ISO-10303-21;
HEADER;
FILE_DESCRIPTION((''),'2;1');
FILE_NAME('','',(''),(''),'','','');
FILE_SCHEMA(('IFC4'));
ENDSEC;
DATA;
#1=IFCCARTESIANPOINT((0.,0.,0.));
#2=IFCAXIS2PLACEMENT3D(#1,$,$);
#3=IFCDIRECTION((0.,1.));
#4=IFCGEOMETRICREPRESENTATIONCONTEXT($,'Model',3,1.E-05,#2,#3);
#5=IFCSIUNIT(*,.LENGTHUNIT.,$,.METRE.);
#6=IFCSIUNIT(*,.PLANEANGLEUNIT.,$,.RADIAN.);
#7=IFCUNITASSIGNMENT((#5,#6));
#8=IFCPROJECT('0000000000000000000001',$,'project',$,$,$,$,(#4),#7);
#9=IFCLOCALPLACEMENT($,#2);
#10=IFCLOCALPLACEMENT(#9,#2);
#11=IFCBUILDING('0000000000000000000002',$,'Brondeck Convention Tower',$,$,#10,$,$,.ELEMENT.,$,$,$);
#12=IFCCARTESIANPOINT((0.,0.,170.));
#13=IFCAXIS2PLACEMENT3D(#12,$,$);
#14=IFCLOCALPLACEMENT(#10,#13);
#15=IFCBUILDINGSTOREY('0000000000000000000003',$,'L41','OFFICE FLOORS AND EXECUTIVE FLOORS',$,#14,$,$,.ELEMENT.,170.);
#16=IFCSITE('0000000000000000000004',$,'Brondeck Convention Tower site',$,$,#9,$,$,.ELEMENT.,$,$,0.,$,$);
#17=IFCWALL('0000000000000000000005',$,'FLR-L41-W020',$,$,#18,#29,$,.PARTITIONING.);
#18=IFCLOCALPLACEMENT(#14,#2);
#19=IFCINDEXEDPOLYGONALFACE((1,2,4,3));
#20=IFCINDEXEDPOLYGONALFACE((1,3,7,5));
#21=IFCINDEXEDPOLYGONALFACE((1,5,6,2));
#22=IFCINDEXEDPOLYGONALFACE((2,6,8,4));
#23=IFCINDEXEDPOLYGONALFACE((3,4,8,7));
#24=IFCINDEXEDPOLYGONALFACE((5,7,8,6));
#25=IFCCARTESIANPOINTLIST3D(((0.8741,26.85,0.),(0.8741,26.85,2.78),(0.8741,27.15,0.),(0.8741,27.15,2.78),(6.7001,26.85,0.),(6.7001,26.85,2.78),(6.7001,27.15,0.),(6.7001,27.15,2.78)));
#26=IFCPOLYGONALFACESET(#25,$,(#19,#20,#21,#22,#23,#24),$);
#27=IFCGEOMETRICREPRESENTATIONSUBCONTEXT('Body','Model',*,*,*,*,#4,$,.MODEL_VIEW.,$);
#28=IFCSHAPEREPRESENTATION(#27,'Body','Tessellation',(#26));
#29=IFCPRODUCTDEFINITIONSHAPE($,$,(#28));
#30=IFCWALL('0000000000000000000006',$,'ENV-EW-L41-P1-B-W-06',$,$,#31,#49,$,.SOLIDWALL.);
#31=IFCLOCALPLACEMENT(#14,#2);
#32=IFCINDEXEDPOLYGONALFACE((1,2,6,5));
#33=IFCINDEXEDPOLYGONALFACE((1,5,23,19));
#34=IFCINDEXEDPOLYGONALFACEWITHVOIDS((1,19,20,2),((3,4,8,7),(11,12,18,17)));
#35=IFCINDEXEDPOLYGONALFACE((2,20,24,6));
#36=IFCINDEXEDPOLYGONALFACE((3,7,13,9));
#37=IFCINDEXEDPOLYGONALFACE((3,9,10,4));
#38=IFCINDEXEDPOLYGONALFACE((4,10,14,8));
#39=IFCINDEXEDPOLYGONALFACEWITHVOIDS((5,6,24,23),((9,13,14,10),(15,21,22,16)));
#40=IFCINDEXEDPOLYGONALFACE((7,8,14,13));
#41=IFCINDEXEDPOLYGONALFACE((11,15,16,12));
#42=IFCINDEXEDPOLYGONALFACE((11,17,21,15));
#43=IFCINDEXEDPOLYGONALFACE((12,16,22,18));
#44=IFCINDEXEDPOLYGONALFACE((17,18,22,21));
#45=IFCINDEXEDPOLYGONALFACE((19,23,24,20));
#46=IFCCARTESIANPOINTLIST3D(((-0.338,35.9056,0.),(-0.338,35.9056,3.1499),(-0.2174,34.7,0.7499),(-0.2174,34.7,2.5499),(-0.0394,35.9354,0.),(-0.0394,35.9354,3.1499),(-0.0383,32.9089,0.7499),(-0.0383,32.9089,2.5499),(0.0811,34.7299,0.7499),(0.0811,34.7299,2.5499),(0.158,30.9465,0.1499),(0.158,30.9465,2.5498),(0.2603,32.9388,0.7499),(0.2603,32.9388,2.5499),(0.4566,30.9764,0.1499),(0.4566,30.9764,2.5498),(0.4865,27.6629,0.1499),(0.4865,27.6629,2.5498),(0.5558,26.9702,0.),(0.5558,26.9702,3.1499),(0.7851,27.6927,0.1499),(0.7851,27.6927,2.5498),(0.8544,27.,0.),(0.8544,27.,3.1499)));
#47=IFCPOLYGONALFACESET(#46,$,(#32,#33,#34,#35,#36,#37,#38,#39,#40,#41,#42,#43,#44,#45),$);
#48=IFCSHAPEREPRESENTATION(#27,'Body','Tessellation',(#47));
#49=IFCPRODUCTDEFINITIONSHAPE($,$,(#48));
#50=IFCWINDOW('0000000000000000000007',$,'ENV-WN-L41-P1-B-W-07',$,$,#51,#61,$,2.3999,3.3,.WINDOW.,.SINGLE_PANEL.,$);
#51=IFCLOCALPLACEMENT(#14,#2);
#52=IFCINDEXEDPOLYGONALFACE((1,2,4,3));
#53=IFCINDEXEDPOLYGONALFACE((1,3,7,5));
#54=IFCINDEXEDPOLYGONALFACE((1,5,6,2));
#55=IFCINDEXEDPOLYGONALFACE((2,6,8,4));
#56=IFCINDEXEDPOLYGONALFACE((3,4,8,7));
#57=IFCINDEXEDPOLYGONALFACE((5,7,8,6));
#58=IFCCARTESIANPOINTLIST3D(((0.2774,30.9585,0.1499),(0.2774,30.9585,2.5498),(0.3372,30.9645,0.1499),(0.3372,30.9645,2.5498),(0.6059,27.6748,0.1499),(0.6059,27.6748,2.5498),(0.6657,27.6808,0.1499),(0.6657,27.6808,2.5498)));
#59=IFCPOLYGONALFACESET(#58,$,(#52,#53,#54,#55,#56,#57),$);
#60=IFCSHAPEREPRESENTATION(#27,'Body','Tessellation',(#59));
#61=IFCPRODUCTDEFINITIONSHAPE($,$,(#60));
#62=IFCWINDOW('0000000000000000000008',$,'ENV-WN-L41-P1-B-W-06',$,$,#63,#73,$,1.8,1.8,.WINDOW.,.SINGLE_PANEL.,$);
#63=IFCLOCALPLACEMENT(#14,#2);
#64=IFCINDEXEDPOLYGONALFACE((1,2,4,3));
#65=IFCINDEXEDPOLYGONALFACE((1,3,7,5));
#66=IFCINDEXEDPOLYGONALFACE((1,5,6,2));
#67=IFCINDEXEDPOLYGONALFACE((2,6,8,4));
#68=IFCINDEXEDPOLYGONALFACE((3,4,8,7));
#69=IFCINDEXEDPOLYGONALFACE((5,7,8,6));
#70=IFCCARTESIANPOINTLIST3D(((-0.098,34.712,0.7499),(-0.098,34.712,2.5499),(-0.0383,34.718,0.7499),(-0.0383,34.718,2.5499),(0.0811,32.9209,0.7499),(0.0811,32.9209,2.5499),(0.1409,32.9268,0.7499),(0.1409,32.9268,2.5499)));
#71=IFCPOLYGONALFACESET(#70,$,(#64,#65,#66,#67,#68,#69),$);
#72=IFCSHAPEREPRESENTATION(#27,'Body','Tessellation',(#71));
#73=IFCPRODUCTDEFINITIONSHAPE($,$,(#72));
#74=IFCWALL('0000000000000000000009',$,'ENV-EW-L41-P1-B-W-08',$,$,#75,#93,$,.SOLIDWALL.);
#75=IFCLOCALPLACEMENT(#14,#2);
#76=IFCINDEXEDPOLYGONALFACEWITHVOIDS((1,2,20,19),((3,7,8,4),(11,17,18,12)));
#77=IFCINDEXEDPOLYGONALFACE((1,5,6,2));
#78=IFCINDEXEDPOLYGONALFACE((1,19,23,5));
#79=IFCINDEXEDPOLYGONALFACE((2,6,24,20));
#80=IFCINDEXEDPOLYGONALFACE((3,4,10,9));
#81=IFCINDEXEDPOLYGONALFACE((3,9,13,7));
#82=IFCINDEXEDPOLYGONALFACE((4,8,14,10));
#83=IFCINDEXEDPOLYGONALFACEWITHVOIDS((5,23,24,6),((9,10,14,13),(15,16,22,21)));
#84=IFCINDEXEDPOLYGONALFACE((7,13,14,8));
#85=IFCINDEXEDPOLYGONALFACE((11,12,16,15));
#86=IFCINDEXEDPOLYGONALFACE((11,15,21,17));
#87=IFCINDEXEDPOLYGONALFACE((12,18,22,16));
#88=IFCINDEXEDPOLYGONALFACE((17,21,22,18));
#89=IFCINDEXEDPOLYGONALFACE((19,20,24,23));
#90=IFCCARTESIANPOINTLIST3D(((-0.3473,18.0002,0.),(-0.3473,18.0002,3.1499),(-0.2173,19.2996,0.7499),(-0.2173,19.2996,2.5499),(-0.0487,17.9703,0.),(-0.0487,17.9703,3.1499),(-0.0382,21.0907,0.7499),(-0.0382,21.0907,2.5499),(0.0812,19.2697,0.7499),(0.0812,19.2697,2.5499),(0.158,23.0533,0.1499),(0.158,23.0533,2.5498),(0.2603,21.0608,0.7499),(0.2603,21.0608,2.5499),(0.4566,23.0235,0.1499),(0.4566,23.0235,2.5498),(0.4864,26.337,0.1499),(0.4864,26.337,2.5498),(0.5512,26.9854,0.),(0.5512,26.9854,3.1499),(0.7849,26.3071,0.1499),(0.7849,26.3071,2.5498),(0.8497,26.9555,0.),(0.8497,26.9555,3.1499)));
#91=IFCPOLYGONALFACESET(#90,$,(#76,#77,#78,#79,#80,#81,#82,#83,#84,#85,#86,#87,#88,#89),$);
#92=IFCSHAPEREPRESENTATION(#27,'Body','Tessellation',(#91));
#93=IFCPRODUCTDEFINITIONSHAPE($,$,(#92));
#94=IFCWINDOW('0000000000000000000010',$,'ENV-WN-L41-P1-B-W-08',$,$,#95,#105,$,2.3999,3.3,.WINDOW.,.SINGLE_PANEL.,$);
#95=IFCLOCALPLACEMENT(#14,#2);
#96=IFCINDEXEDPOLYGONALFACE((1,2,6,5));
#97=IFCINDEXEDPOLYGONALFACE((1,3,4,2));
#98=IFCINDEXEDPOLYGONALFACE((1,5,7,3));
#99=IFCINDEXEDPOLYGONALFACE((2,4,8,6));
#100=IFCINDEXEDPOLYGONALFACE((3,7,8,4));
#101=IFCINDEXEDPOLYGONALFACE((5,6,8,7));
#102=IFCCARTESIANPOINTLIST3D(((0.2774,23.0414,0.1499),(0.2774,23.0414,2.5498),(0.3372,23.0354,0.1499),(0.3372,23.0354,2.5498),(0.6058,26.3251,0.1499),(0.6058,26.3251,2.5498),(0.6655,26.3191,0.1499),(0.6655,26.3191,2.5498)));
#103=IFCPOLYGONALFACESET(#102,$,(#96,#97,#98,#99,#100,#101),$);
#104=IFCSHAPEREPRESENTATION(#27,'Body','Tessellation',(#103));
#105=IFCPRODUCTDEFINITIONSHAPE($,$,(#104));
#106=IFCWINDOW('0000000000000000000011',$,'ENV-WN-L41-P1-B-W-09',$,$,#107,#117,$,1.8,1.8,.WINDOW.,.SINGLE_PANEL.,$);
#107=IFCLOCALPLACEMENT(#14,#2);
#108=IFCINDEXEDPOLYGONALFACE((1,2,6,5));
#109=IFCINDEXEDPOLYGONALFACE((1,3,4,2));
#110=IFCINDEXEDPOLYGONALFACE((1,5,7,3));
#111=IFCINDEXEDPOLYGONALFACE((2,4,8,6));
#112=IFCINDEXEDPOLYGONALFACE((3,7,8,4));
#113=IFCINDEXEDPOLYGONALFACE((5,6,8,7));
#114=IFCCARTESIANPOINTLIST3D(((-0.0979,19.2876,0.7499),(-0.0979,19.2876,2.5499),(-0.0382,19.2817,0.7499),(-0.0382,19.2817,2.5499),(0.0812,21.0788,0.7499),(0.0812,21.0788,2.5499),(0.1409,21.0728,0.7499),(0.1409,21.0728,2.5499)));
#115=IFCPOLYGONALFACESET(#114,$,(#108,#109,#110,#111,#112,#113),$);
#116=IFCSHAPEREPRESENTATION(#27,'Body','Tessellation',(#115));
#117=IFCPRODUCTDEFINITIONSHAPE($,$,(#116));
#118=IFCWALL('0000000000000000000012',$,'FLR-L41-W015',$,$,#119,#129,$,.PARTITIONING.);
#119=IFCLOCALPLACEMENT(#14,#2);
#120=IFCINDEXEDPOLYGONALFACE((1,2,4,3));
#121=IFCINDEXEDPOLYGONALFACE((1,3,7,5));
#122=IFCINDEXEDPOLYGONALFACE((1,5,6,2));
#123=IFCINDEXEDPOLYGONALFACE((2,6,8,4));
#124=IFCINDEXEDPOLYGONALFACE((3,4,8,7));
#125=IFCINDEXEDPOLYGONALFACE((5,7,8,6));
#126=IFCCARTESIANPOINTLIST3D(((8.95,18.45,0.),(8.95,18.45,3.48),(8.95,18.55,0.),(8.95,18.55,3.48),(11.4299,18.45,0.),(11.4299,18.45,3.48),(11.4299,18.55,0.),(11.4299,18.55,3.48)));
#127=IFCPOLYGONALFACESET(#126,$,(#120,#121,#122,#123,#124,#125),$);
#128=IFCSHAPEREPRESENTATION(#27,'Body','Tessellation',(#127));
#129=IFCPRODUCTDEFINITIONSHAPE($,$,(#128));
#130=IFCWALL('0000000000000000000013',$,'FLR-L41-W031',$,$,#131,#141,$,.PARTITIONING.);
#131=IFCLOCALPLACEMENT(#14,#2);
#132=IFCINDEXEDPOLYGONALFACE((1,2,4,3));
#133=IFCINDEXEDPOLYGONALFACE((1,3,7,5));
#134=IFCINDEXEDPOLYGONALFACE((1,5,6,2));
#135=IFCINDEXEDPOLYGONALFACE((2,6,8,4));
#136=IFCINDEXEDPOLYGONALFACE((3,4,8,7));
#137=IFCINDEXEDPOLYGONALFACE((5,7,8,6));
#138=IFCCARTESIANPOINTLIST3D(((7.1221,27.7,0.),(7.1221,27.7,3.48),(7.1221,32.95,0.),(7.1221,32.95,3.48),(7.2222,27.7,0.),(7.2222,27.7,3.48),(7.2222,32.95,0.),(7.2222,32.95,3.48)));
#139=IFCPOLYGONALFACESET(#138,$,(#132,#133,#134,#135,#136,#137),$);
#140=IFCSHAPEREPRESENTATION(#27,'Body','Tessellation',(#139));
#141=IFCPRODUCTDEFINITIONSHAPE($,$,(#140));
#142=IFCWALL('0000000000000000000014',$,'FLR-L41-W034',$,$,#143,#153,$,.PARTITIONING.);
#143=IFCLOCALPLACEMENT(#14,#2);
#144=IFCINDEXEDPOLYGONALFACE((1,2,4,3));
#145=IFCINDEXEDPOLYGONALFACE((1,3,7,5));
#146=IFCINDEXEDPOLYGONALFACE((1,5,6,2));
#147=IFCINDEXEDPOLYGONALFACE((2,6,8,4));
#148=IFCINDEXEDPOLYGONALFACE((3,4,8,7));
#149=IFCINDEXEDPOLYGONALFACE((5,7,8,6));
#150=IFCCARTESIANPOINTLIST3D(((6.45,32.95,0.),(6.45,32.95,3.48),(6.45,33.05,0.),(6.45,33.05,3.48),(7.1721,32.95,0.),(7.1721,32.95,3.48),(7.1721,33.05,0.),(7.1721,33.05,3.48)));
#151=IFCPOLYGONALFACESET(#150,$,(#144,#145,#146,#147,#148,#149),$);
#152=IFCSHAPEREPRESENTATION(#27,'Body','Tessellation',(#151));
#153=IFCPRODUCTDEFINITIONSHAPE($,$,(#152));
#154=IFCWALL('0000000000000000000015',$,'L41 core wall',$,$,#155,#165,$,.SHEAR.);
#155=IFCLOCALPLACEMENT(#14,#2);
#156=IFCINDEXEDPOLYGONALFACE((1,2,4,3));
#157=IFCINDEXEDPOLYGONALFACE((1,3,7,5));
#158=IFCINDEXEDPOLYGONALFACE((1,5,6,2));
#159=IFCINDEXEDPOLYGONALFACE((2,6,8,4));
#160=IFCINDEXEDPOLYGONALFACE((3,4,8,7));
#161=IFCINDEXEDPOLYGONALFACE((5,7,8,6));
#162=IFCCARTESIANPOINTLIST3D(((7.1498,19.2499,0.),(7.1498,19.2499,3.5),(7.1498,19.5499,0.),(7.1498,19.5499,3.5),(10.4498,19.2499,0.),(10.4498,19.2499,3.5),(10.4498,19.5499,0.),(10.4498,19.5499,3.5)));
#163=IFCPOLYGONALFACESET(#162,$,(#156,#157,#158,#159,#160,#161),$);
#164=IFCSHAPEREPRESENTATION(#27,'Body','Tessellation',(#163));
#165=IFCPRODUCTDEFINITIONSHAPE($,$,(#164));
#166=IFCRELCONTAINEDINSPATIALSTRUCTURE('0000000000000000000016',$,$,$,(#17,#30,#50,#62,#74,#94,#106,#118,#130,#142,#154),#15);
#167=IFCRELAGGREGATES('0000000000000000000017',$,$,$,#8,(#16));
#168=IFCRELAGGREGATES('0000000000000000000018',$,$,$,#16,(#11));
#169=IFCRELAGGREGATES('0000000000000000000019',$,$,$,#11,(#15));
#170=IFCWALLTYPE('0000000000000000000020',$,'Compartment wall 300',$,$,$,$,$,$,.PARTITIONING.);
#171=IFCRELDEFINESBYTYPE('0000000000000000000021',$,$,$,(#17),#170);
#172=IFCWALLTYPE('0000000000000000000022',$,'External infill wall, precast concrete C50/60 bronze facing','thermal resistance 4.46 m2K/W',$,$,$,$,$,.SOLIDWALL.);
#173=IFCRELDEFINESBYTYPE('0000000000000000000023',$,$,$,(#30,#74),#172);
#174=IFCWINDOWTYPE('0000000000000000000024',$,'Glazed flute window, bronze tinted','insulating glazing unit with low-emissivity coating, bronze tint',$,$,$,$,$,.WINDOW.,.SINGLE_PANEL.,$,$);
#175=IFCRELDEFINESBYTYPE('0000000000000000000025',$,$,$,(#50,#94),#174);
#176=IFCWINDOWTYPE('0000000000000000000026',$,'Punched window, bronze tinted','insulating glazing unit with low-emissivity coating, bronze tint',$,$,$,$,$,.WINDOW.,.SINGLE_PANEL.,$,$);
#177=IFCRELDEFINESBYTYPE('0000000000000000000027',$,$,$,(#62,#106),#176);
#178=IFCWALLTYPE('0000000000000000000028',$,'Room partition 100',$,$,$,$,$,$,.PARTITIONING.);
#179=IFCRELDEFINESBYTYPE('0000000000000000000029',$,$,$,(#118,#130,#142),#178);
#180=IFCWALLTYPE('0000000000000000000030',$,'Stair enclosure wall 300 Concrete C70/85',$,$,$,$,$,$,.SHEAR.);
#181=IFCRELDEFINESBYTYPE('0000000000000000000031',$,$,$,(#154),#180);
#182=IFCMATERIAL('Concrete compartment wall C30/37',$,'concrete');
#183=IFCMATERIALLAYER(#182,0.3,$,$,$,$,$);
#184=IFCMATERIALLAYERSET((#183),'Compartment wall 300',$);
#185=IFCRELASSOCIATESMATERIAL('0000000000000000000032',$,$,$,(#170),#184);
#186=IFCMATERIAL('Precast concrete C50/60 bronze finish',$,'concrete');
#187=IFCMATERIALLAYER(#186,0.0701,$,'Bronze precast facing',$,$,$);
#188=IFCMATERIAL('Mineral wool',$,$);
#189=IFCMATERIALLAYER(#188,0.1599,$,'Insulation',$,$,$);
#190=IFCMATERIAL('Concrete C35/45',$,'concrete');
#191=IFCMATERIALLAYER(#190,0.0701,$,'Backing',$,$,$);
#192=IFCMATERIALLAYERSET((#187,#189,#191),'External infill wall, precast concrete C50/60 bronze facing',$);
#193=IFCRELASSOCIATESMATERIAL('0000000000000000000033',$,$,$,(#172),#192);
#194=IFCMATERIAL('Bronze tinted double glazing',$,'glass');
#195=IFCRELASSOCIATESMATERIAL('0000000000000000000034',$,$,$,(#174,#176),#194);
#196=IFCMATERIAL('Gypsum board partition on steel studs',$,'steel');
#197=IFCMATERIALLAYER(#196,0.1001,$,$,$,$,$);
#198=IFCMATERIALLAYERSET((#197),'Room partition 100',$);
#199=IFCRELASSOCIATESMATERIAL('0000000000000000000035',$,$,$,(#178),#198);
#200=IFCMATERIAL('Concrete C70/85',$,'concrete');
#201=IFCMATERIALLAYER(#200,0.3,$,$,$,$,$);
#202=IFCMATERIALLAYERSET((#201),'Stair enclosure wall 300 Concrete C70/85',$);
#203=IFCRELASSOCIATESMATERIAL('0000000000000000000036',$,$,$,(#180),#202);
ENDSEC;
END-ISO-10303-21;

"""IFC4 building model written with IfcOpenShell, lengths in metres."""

from ifc_helpers import new_model, si_unit, direction, frame, frame_2d, origin, place, context, subcontext, project, spatial, rectangle, extrude, material, layer, layer_set, type_object, element, fill, save


model = new_model("IFC4")

# Units and contexts
model_context = context("Model", 3, precision=1e-05, world=origin(), true_north=direction((0.0, 1.0)))
body_context = subcontext(model_context, "Body", "Model", "MODEL_VIEW")
ifc_project = project(units=[si_unit("LENGTHUNIT", "METRE"), si_unit("PLANEANGLEUNIT", "RADIAN")], contexts=[model_context])

# Site, building, storey
site_placement = place(None, origin())
site = spatial("IfcSite", under=ifc_project, at=site_placement, Name="Brondeck Convention Tower site", CompositionType="ELEMENT", RefElevation=0.0)
building_placement = place(site_placement, origin())
building = spatial("IfcBuilding", under=site, at=building_placement, Name="Brondeck Convention Tower", CompositionType="ELEMENT")
storey_placement = place(building_placement, frame((0.0, 0.0, 170.0)))
storey = spatial("IfcBuildingStorey", under=building, at=storey_placement, Name="L41", Description="OFFICE FLOORS AND EXECUTIVE FLOORS", CompositionType="ELEMENT", Elevation=170.0)

# Shared definitions
ifc_material_1 = material(Name="Concrete C70/85", Category="concrete")

# Wall
ifc_material_2 = material(Name="Concrete compartment wall C30/37", Category="concrete")
ifc_layer_1 = layer(ifc_material_2, 0.3)
ifc_layer_set_1 = layer_set([ifc_layer_1], Name="Compartment wall 300")
wall_type_1 = type_object("IfcWallType", Name="Compartment wall 300", PredefinedType="PARTITIONING", material=ifc_layer_set_1)
wall_1_placement = place(storey_placement, frame((0.874, 27.0, 0.0), z_axis=(0.0, 0.0, 1.0), x_axis=(1.0, 0.0, 0.0)))
element("IfcWall", 1, at=wall_1_placement, inside=storey, type_object=wall_type_1, Name="FLR-L41-W020", PredefinedType="PARTITIONING", context=body_context, shape_type="SweptSolid", body=[
    extrude(rectangle(XDim=5.8259, YDim=0.3, at=frame_2d((2.9131, 0.0))), origin(), (0.0, 0.0, 1.0), 2.78),
])

# Walls, openings, windows
ifc_material_3 = material(Name="Precast concrete C50/60 bronze finish", Category="concrete")
ifc_layer_2 = layer(ifc_material_3, 0.0701, Name="Bronze precast facing")
ifc_material_4 = material(Name="Mineral wool")
ifc_layer_3 = layer(ifc_material_4, 0.1599, Name="Insulation")
ifc_material_5 = material(Name="Concrete C35/45", Category="concrete")
ifc_layer_4 = layer(ifc_material_5, 0.0701, Name="Backing")
ifc_layer_set_2 = layer_set([ifc_layer_2, ifc_layer_3, ifc_layer_4], Name="External infill wall, precast concrete C50/60 bronze facing")
wall_type_2 = type_object("IfcWallType", Name="External infill wall, precast concrete C50/60 bronze facing", Description="thermal resistance 4.46 m2K/W", PredefinedType="SOLIDWALL", material=ifc_layer_set_2)
wall_2_placement = place(storey_placement, frame((0.7051, 26.9851, 0.0), z_axis=(0.0, 0.0, 1.0), x_axis=(-0.099533, 0.995034, 0.0)))
wall_2 = element("IfcWall", 2, at=wall_2_placement, inside=storey, type_object=wall_type_2, Name="ENV-EW-L41-P1-B-W-06", PredefinedType="SOLIDWALL", context=body_context, shape_type="SweptSolid", body=[
    extrude(rectangle(XDim=8.98, YDim=0.3, at=frame_2d((4.49, 0.0))), origin(), (0.0, 0.0, 1.0), 3.1499),
])
opening_1_placement = place(wall_2_placement, frame((0.6963, 0.0, 0.1499)))
opening_1 = element("IfcOpeningElement", 3, at=opening_1_placement, cuts=wall_2, PredefinedType="OPENING", context=body_context, shape_type="SweptSolid", body=[
    extrude(rectangle(XDim=3.3, YDim=2.3999, at=frame_2d((1.6499, 1.2))), frame((0.0, 0.1599, 0.0), z_axis=(0.0, -1.0, 0.0), x_axis=(1.0, 0.0, 0.0)), (0.0, 0.0, 1.0), 0.3201),
])
opening_2_placement = place(wall_2_placement, frame((5.9685, 0.0, 0.75)))
opening_2 = element("IfcOpeningElement", 4, at=opening_2_placement, cuts=wall_2, PredefinedType="OPENING", context=body_context, shape_type="SweptSolid", body=[
    extrude(rectangle(XDim=1.8, YDim=1.8, at=frame_2d((0.8999, 0.8999))), frame((0.0, 0.1599, 0.0), z_axis=(0.0, -1.0, 0.0), x_axis=(1.0, 0.0, 0.0)), (0.0, 0.0, 1.0), 0.3201),
])
ifc_material_6 = material(Name="Bronze tinted double glazing", Category="glass")
window_type_1 = type_object("IfcWindowType", Name="Glazed flute window, bronze tinted", Description="insulating glazing unit with low-emissivity coating, bronze tint", PartitioningType="SINGLE_PANEL", PredefinedType="WINDOW", material=ifc_material_6)
window_1_placement = place(opening_1_placement, origin())
window_1 = element("IfcWindow", 5, at=window_1_placement, inside=storey, type_object=window_type_1, Name="ENV-WN-L41-P1-B-W-07", OverallHeight=2.3999, OverallWidth=3.3, PartitioningType="SINGLE_PANEL", PredefinedType="WINDOW", context=body_context, shape_type="SweptSolid", body=[
    extrude(rectangle(XDim=3.3, YDim=2.3999, at=frame_2d((1.6499, 1.2))), frame((0.0, 0.03, 0.0), z_axis=(0.0, -1.0, 0.0), x_axis=(1.0, 0.0, 0.0)), (0.0, 0.0, 1.0), 0.0601),
])
fill(opening_1, window_1)
window_type_2 = type_object("IfcWindowType", Name="Punched window, bronze tinted", Description="insulating glazing unit with low-emissivity coating, bronze tint", PartitioningType="SINGLE_PANEL", PredefinedType="WINDOW", material=ifc_material_6)
window_2_placement = place(opening_2_placement, origin())
window_2 = element("IfcWindow", 6, at=window_2_placement, inside=storey, type_object=window_type_2, Name="ENV-WN-L41-P1-B-W-06", OverallHeight=1.8, OverallWidth=1.8, PartitioningType="SINGLE_PANEL", PredefinedType="WINDOW", context=body_context, shape_type="SweptSolid", body=[
    extrude(rectangle(XDim=1.8, YDim=1.8, at=frame_2d((0.8999, 0.8999))), frame((0.0, 0.03, 0.0), z_axis=(0.0, -1.0, 0.0), x_axis=(1.0, 0.0, 0.0)), (0.0, 0.0, 1.0), 0.0601),
])
fill(opening_2, window_2)
wall_3_placement = place(storey_placement, frame((-0.198, 17.9851, 0.0), z_axis=(0.0, 0.0, 1.0), x_axis=(0.099496, 0.995038, 0.0)))
wall_3 = element("IfcWall", 7, at=wall_3_placement, inside=storey, type_object=wall_type_2, Name="ENV-EW-L41-P1-B-W-08", PredefinedType="SOLIDWALL", context=body_context, shape_type="SweptSolid", body=[
    extrude(rectangle(XDim=9.03, YDim=0.3, at=frame_2d((4.5151, 0.0))), origin(), (0.0, 0.0, 1.0), 3.1499),
])
opening_3_placement = place(wall_3_placement, frame((1.3062, 0.0, 0.75)))
opening_3 = element("IfcOpeningElement", 8, at=opening_3_placement, cuts=wall_3, PredefinedType="OPENING", context=body_context, shape_type="SweptSolid", body=[
    extrude(rectangle(XDim=1.8, YDim=1.8, at=frame_2d((0.8999, 0.8999))), frame((0.0, 0.1599, 0.0), z_axis=(0.0, -1.0, 0.0), x_axis=(1.0, 0.0, 0.0)), (0.0, 0.0, 1.0), 0.3201),
])
opening_4_placement = place(wall_3_placement, frame((5.0786, 0.0, 0.1499)))
opening_4 = element("IfcOpeningElement", 9, at=opening_4_placement, cuts=wall_3, PredefinedType="OPENING", context=body_context, shape_type="SweptSolid", body=[
    extrude(rectangle(XDim=3.3, YDim=2.3999, at=frame_2d((1.6499, 1.2))), frame((0.0, 0.1599, 0.0), z_axis=(0.0, -1.0, 0.0), x_axis=(1.0, 0.0, 0.0)), (0.0, 0.0, 1.0), 0.3201),
])
window_3_placement = place(opening_4_placement, origin())
window_3 = element("IfcWindow", 10, at=window_3_placement, inside=storey, type_object=window_type_1, Name="ENV-WN-L41-P1-B-W-08", OverallHeight=2.3999, OverallWidth=3.3, PartitioningType="SINGLE_PANEL", PredefinedType="WINDOW", context=body_context, shape_type="SweptSolid", body=[
    extrude(rectangle(XDim=3.3, YDim=2.3999, at=frame_2d((1.6499, 1.2))), frame((0.0, 0.03, 0.0), z_axis=(0.0, -1.0, 0.0), x_axis=(1.0, 0.0, 0.0)), (0.0, 0.0, 1.0), 0.0601),
])
fill(opening_4, window_3)
window_4_placement = place(opening_3_placement, origin())
window_4 = element("IfcWindow", 11, at=window_4_placement, inside=storey, type_object=window_type_2, Name="ENV-WN-L41-P1-B-W-09", OverallHeight=1.8, OverallWidth=1.8, PartitioningType="SINGLE_PANEL", PredefinedType="WINDOW", context=body_context, shape_type="SweptSolid", body=[
    extrude(rectangle(XDim=1.8, YDim=1.8, at=frame_2d((0.8999, 0.8999))), frame((0.0, 0.03, 0.0), z_axis=(0.0, -1.0, 0.0), x_axis=(1.0, 0.0, 0.0)), (0.0, 0.0, 1.0), 0.0601),
])
fill(opening_3, window_4)

# Walls
ifc_material_7 = material(Name="Gypsum board partition on steel studs", Category="steel")
ifc_layer_5 = layer(ifc_material_7, 0.1001)
ifc_layer_set_3 = layer_set([ifc_layer_5], Name="Room partition 100")
wall_type_3 = type_object("IfcWallType", Name="Room partition 100", PredefinedType="PARTITIONING", material=ifc_layer_set_3)
wall_4_placement = place(storey_placement, frame((8.95, 18.5, 0.0), z_axis=(0.0, 0.0, 1.0), x_axis=(1.0, 0.0, 0.0)))
element("IfcWall", 12, at=wall_4_placement, inside=storey, type_object=wall_type_3, Name="FLR-L41-W015", PredefinedType="PARTITIONING", context=body_context, shape_type="SweptSolid", body=[
    extrude(rectangle(XDim=2.48, YDim=0.1001, at=frame_2d((1.24, 0.0))), origin(), (0.0, 0.0, 1.0), 3.48),
])
wall_5_placement = place(storey_placement, frame((7.1721, 32.95, 0.0), z_axis=(0.0, 0.0, 1.0), x_axis=(0.0, -1.0, 0.0)))
element("IfcWall", 13, at=wall_5_placement, inside=storey, type_object=wall_type_3, Name="FLR-L41-W031", PredefinedType="PARTITIONING", context=body_context, shape_type="SweptSolid", body=[
    extrude(rectangle(XDim=5.25, YDim=0.1001, at=frame_2d((2.625, 0.0))), origin(), (0.0, 0.0, 1.0), 3.48),
])
wall_6_placement = place(storey_placement, frame((7.1721, 33.0, 0.0), z_axis=(0.0, 0.0, 1.0), x_axis=(-1.0, 0.0, 0.0)))
element("IfcWall", 14, at=wall_6_placement, inside=storey, type_object=wall_type_3, Name="FLR-L41-W034", PredefinedType="PARTITIONING", context=body_context, shape_type="SweptSolid", body=[
    extrude(rectangle(XDim=0.7222, YDim=0.1001, at=frame_2d((0.3611, 0.0))), origin(), (0.0, 0.0, 1.0), 3.48),
])
ifc_layer_6 = layer(ifc_material_1, 0.3)
ifc_layer_set_4 = layer_set([ifc_layer_6], Name="Stair enclosure wall 300 Concrete C70/85")
wall_type_4 = type_object("IfcWallType", Name="Stair enclosure wall 300 Concrete C70/85", PredefinedType="SHEAR", material=ifc_layer_set_4)
for number, where, z_axis, x_axis, name in (
    (15, (7.1499, 19.3999, 0.0), (0.0, 0.0, 1.0), (1.0, 0.0, 0.0), "L41 core wall"),
):
    element("IfcWall", number, at=place(storey_placement, frame(where, z_axis=z_axis, x_axis=x_axis)), inside=storey, type_object=wall_type_4, Name=name, PredefinedType="SHEAR", context=body_context, shape_type="SweptSolid", body=[
        extrude(rectangle(XDim=3.3, YDim=0.3, at=frame_2d((1.6499, 0.0))), origin(), (0.0, 0.0, 1.0), 3.5),
    ])

save(model, "model.ifc")
